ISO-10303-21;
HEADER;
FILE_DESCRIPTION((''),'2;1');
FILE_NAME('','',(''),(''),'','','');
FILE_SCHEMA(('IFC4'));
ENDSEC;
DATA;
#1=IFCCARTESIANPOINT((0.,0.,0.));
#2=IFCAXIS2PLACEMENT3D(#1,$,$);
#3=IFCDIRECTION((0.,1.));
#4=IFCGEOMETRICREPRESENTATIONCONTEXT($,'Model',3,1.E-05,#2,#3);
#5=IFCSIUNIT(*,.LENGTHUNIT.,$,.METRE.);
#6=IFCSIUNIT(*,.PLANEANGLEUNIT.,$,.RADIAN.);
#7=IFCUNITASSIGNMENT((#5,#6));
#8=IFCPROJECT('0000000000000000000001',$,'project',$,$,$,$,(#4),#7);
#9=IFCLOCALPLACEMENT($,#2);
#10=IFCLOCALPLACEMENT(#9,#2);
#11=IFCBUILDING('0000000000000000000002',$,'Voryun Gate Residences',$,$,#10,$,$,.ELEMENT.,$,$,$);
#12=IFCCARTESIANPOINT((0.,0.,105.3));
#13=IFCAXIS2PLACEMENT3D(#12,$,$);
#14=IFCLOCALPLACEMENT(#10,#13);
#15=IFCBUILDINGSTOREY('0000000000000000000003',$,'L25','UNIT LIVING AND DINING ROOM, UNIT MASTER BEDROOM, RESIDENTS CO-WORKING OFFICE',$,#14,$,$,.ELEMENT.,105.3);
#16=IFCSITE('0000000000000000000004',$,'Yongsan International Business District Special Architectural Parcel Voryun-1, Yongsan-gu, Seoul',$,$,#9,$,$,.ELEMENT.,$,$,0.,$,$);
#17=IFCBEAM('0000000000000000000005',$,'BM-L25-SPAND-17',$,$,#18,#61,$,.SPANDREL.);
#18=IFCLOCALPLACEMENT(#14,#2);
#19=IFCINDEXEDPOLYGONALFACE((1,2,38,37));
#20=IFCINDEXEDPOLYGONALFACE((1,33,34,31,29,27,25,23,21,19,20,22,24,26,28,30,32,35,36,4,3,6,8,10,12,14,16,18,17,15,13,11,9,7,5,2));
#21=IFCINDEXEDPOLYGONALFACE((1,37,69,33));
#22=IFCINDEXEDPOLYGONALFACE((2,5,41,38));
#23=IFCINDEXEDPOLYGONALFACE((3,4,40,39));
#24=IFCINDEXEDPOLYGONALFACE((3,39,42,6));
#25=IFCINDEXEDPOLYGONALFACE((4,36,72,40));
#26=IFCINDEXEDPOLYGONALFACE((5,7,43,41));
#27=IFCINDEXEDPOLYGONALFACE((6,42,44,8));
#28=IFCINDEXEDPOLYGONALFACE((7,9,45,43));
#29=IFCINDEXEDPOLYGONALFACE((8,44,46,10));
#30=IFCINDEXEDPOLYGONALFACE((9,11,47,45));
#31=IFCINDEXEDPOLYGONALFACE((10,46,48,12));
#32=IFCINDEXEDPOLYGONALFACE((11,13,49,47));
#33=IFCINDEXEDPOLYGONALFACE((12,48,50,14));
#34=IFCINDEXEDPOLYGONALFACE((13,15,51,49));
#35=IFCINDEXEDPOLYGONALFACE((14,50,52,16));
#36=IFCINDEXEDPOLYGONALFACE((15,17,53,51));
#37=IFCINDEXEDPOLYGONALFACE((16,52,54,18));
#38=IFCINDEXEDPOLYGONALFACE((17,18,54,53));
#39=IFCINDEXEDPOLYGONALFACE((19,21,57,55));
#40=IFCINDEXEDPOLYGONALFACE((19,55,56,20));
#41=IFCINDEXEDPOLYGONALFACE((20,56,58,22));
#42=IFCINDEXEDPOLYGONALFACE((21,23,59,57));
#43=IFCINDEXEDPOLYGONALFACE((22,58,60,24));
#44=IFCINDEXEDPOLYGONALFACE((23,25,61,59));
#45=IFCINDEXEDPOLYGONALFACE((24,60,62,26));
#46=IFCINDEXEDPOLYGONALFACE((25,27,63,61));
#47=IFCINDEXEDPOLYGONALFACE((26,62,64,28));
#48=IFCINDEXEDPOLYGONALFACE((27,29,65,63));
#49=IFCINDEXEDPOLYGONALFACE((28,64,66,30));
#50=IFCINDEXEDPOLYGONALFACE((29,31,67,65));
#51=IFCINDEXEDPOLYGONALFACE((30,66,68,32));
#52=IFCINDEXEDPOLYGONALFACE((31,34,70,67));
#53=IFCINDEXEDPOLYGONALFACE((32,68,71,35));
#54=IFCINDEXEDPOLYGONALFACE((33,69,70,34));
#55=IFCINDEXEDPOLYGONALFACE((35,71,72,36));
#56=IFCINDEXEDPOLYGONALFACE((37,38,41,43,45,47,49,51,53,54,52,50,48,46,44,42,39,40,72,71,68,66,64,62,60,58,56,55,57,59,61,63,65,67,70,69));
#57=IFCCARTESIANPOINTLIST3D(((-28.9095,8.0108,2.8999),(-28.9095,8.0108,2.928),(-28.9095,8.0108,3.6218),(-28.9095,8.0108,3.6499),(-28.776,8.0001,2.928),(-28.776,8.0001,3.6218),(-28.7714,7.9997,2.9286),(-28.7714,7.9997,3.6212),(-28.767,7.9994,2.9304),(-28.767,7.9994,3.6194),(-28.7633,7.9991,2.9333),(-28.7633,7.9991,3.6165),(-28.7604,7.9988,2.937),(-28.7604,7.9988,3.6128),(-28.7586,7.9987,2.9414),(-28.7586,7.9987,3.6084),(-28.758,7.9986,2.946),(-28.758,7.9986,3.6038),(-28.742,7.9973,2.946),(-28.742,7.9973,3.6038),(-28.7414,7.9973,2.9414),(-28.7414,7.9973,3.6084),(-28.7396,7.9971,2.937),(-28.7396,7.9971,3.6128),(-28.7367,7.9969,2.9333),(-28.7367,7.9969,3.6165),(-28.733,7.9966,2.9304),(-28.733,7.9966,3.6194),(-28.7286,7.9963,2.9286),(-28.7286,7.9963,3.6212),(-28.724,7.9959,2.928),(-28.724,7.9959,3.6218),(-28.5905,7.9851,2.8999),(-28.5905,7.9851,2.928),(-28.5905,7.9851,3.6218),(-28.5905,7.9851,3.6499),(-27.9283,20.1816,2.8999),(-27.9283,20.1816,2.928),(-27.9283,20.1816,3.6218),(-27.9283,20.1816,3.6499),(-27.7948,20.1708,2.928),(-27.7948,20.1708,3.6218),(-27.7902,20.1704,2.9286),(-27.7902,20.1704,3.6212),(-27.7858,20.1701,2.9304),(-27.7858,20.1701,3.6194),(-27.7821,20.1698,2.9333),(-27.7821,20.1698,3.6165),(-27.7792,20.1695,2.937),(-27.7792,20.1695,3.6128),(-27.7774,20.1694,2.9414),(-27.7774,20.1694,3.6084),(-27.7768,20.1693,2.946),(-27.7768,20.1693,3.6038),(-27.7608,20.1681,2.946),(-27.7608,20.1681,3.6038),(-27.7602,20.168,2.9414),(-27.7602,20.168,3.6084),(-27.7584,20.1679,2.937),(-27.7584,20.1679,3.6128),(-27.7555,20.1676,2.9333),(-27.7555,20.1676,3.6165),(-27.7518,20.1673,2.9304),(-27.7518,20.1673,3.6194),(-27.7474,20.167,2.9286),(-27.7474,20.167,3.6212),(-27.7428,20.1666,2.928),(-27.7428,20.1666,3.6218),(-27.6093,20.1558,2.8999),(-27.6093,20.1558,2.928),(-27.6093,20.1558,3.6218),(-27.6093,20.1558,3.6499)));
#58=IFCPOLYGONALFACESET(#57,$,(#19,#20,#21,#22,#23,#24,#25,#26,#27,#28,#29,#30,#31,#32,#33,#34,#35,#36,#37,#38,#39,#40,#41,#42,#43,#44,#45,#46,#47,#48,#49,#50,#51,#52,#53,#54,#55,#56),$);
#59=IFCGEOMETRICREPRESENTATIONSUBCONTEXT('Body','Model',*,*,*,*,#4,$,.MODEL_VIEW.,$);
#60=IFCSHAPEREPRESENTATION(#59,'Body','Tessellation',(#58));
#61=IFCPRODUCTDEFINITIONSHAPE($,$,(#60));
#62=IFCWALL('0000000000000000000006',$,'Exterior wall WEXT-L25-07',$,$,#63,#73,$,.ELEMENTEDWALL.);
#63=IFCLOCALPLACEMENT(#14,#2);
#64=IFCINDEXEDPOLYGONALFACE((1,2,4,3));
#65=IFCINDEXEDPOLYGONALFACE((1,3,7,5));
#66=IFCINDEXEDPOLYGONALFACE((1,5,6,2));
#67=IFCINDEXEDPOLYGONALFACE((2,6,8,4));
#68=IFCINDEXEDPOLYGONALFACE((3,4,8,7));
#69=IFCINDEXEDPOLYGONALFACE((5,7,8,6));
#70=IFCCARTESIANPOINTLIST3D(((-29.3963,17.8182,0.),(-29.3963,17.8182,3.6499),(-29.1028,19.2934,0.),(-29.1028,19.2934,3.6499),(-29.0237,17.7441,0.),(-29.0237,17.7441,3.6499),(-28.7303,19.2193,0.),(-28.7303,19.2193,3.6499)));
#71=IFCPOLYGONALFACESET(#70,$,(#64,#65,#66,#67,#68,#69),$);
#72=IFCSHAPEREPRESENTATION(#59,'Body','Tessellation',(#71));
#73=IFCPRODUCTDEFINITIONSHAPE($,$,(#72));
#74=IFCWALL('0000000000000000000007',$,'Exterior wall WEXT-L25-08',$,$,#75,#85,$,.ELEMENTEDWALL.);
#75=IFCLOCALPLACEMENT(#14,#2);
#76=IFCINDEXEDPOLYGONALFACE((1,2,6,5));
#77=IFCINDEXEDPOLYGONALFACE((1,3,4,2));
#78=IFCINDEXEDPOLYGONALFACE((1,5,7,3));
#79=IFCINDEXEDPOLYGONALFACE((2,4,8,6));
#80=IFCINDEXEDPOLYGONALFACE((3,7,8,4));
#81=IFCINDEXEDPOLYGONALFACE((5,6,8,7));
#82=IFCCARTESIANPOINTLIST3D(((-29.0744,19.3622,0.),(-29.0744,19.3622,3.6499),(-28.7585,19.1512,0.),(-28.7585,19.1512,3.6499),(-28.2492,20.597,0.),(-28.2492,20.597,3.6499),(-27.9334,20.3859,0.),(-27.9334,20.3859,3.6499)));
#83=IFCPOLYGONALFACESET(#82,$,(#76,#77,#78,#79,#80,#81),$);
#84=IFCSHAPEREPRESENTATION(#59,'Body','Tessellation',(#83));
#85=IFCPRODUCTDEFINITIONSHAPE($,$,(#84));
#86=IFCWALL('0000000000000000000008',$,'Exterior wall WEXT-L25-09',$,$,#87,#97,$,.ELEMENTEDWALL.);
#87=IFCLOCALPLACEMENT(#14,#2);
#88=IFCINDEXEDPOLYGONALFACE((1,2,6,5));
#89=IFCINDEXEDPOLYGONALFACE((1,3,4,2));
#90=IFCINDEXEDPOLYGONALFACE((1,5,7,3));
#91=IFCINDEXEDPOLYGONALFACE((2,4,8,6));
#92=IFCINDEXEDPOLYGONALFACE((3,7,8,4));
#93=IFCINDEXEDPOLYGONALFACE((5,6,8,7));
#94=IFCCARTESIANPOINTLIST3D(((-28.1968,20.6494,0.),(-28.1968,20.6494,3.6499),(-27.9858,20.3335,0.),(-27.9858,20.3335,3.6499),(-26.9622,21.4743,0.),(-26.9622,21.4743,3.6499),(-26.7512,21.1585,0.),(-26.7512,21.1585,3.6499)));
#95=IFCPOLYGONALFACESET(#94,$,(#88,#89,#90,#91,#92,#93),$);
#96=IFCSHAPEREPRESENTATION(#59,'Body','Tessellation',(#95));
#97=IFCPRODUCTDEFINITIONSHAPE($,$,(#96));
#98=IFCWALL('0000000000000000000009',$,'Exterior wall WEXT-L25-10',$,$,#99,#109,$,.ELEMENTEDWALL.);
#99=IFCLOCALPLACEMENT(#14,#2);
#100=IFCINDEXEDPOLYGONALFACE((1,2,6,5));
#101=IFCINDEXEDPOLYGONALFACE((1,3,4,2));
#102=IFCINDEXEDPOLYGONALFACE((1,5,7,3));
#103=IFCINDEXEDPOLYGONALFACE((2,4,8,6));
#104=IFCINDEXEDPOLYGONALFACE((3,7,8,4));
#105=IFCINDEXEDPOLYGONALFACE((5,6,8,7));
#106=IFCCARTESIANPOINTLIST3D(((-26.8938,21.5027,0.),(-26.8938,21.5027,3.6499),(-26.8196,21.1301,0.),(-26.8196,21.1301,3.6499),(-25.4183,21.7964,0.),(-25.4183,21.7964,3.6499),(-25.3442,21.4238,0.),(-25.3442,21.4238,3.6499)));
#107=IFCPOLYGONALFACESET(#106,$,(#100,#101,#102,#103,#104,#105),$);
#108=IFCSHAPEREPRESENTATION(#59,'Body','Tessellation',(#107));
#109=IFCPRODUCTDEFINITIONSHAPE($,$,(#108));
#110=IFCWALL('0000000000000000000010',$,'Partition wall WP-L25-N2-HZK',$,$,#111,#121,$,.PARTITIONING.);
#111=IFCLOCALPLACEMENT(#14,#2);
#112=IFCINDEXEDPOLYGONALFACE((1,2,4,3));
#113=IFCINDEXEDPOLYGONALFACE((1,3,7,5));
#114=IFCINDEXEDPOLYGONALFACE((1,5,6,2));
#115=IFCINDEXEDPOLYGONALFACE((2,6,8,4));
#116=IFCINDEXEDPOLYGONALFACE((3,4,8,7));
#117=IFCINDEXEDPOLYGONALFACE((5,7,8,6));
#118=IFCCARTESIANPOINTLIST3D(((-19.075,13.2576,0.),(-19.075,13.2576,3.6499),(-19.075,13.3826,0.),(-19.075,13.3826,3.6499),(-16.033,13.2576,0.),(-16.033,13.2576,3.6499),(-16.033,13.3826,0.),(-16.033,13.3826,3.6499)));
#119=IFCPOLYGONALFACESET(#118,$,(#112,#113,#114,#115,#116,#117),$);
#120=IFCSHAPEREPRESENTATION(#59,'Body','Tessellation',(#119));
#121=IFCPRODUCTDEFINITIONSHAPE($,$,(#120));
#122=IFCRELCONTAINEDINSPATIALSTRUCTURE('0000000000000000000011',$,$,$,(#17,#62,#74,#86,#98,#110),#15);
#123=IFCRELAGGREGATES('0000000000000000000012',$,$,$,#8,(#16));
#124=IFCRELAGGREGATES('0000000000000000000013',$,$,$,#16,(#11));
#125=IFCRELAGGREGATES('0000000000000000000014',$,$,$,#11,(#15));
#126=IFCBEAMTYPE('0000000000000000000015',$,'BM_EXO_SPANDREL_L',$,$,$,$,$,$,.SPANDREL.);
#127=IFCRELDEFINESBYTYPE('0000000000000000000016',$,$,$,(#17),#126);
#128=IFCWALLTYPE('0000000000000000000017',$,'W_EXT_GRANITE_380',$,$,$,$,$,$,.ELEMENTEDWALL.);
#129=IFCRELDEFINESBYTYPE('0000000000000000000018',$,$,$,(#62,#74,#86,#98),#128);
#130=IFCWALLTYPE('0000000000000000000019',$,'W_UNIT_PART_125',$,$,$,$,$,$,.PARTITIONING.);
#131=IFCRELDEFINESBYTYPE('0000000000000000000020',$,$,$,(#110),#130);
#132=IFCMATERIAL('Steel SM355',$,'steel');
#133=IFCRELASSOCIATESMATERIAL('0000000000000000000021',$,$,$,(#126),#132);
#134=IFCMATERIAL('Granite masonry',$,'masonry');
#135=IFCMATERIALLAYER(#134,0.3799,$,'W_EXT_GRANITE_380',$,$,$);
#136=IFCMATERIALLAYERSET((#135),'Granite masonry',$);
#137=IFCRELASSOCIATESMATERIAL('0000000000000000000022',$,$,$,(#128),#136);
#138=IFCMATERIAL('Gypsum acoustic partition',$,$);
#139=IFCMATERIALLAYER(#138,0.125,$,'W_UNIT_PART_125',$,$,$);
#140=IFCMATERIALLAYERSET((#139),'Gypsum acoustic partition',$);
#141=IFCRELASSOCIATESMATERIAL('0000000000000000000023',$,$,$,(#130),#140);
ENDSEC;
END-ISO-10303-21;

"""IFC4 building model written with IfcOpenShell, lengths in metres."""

from ifc_helpers import new_model, si_unit, direction, frame, frame_2d, origin, origin_2d, place, context, subcontext, project, spatial, rectangle, i_section, extrude, material, layer, layer_set, material_profile, profile_set, type_object, element, save


model = new_model("IFC4")

# Units and contexts
model_context = context("Model", 3, precision=1e-05, world=origin(), true_north=direction((0.0, 1.0)))
body_context = subcontext(model_context, "Body", "Model", "MODEL_VIEW")
ifc_project = project(units=[si_unit("LENGTHUNIT", "METRE"), si_unit("PLANEANGLEUNIT", "RADIAN")], contexts=[model_context])

# Site, building, storey
site_placement = place(None, origin())
site = spatial("IfcSite", under=ifc_project, at=site_placement, Name="Yongsan International Business District Special Architectural Parcel Voryun-1, Yongsan-gu, Seoul", CompositionType="ELEMENT", RefElevation=0.0)
building_placement = place(site_placement, origin())
building = spatial("IfcBuilding", under=site, at=building_placement, Name="Voryun Gate Residences", CompositionType="ELEMENT")
storey_placement = place(building_placement, frame((0.0, 0.0, 105.3)))
storey = spatial("IfcBuildingStorey", under=building, at=storey_placement, Name="L25", Description="UNIT LIVING AND DINING ROOM, UNIT MASTER BEDROOM, RESIDENTS CO-WORKING OFFICE", CompositionType="ELEMENT", Elevation=105.3)

# Beam
ifc_material_1 = material(Name="Steel SM355", Category="steel")
ifc_material_profile_1 = material_profile(ifc_material_1, i_section(OverallWidth=0.3201, OverallDepth=0.75, WebThickness=0.0161, FlangeThickness=0.0281, FilletRadius=0.0181, at=origin_2d()), Name="H-750x320x16x28")
ifc_profile_set_1 = profile_set([ifc_material_profile_1], Name="Steel SM355")
beam_type = type_object("IfcBeamType", Name="BM_EXO_SPANDREL_L", PredefinedType="SPANDREL", material=ifc_profile_set_1)
beam_1_placement = place(storey_placement, frame((-27.7688, 20.1687, 3.2749), z_axis=(-0.08036, -0.996766, 0.0), x_axis=(0.996766, -0.08036, 0.0)))
element("IfcBeam", 1, at=beam_1_placement, inside=storey, type_object=beam_type, Name="BM-L25-SPAND-17", PredefinedType="SPANDREL", context=body_context, shape_type="SweptSolid", body=[
    extrude(i_section(OverallWidth=0.3201, OverallDepth=0.75, WebThickness=0.0161, FlangeThickness=0.0281, FilletRadius=0.0181, at=origin_2d()), origin(), (0.0, 0.0, 1.0), 12.2102),
])

# Walls
ifc_material_2 = material(Name="Granite masonry", Category="masonry")
ifc_layer_1 = layer(ifc_material_2, 0.3799, Name="W_EXT_GRANITE_380")
ifc_layer_set_1 = layer_set([ifc_layer_1], Name="Granite masonry")
wall_type_1 = type_object("IfcWallType", Name="W_EXT_GRANITE_380", PredefinedType="ELEMENTEDWALL", material=ifc_layer_set_1)
wall_1_placement = place(storey_placement, frame((-29.21, 17.7812, 0.0), z_axis=(0.0, 0.0, 1.0), x_axis=(0.195086, 0.980786, 0.0)))
element("IfcWall", 2, at=wall_1_placement, inside=storey, type_object=wall_type_1, Name="Exterior wall WEXT-L25-07", PredefinedType="ELEMENTEDWALL", context=body_context, shape_type="SweptSolid", body=[
    extrude(rectangle(XDim=1.5042, YDim=0.3799, at=frame_2d((0.752, 0.0))), origin(), (0.0, 0.0, 1.0), 3.6499),
])
wall_2_placement = place(storey_placement, frame((-28.9165, 19.2566, 0.0), z_axis=(0.0, 0.0, 1.0), x_axis=(0.55561, 0.831443, 0.0)))
element("IfcWall", 3, at=wall_2_placement, inside=storey, type_object=wall_type_1, Name="Exterior wall WEXT-L25-08", PredefinedType="ELEMENTEDWALL", context=body_context, shape_type="SweptSolid", body=[
    extrude(rectangle(XDim=1.4851, YDim=0.3799, at=frame_2d((0.7427, 0.0))), origin(), (0.0, 0.0, 1.0), 3.6499),
])
wall_3_placement = place(storey_placement, frame((-28.0913, 20.4915, 0.0), z_axis=(0.0, 0.0, 1.0), x_axis=(0.831468, 0.555573, 0.0)))
element("IfcWall", 4, at=wall_3_placement, inside=storey, type_object=wall_type_1, Name="Exterior wall WEXT-L25-09", PredefinedType="ELEMENTEDWALL", context=body_context, shape_type="SweptSolid", body=[
    extrude(rectangle(XDim=1.4849, YDim=0.3799, at=frame_2d((0.7424, 0.0))), origin(), (0.0, 0.0, 1.0), 3.6499),
])
wall_4_placement = place(storey_placement, frame((-26.8567, 21.3164, 0.0), z_axis=(0.0, 0.0, 1.0), x_axis=(0.980755, 0.195242, 0.0)))
element("IfcWall", 5, at=wall_4_placement, inside=storey, type_object=wall_type_1, Name="Exterior wall WEXT-L25-10", PredefinedType="ELEMENTEDWALL", context=body_context, shape_type="SweptSolid", body=[
    extrude(rectangle(XDim=1.5044, YDim=0.3799, at=frame_2d((0.7522, 0.0))), origin(), (0.0, 0.0, 1.0), 3.6499),
])

# Wall
ifc_material_3 = material(Name="Gypsum acoustic partition")
ifc_layer_2 = layer(ifc_material_3, 0.125, Name="W_UNIT_PART_125")
ifc_layer_set_2 = layer_set([ifc_layer_2], Name="Gypsum acoustic partition")
wall_type_2 = type_object("IfcWallType", Name="W_UNIT_PART_125", PredefinedType="PARTITIONING", material=ifc_layer_set_2)
wall_5_placement = place(storey_placement, frame((-19.075, 13.3201, 0.0), z_axis=(0.0, 0.0, 1.0), x_axis=(1.0, 0.0, 0.0)))
element("IfcWall", 6, at=wall_5_placement, inside=storey, type_object=wall_type_2, Name="Partition wall WP-L25-N2-HZK", PredefinedType="PARTITIONING", context=body_context, shape_type="SweptSolid", body=[
    extrude(rectangle(XDim=3.042, YDim=0.125, at=frame_2d((1.521, 0.0))), origin(), (0.0, 0.0, 1.0), 3.6499),
])

save(model, "model.ifc")
